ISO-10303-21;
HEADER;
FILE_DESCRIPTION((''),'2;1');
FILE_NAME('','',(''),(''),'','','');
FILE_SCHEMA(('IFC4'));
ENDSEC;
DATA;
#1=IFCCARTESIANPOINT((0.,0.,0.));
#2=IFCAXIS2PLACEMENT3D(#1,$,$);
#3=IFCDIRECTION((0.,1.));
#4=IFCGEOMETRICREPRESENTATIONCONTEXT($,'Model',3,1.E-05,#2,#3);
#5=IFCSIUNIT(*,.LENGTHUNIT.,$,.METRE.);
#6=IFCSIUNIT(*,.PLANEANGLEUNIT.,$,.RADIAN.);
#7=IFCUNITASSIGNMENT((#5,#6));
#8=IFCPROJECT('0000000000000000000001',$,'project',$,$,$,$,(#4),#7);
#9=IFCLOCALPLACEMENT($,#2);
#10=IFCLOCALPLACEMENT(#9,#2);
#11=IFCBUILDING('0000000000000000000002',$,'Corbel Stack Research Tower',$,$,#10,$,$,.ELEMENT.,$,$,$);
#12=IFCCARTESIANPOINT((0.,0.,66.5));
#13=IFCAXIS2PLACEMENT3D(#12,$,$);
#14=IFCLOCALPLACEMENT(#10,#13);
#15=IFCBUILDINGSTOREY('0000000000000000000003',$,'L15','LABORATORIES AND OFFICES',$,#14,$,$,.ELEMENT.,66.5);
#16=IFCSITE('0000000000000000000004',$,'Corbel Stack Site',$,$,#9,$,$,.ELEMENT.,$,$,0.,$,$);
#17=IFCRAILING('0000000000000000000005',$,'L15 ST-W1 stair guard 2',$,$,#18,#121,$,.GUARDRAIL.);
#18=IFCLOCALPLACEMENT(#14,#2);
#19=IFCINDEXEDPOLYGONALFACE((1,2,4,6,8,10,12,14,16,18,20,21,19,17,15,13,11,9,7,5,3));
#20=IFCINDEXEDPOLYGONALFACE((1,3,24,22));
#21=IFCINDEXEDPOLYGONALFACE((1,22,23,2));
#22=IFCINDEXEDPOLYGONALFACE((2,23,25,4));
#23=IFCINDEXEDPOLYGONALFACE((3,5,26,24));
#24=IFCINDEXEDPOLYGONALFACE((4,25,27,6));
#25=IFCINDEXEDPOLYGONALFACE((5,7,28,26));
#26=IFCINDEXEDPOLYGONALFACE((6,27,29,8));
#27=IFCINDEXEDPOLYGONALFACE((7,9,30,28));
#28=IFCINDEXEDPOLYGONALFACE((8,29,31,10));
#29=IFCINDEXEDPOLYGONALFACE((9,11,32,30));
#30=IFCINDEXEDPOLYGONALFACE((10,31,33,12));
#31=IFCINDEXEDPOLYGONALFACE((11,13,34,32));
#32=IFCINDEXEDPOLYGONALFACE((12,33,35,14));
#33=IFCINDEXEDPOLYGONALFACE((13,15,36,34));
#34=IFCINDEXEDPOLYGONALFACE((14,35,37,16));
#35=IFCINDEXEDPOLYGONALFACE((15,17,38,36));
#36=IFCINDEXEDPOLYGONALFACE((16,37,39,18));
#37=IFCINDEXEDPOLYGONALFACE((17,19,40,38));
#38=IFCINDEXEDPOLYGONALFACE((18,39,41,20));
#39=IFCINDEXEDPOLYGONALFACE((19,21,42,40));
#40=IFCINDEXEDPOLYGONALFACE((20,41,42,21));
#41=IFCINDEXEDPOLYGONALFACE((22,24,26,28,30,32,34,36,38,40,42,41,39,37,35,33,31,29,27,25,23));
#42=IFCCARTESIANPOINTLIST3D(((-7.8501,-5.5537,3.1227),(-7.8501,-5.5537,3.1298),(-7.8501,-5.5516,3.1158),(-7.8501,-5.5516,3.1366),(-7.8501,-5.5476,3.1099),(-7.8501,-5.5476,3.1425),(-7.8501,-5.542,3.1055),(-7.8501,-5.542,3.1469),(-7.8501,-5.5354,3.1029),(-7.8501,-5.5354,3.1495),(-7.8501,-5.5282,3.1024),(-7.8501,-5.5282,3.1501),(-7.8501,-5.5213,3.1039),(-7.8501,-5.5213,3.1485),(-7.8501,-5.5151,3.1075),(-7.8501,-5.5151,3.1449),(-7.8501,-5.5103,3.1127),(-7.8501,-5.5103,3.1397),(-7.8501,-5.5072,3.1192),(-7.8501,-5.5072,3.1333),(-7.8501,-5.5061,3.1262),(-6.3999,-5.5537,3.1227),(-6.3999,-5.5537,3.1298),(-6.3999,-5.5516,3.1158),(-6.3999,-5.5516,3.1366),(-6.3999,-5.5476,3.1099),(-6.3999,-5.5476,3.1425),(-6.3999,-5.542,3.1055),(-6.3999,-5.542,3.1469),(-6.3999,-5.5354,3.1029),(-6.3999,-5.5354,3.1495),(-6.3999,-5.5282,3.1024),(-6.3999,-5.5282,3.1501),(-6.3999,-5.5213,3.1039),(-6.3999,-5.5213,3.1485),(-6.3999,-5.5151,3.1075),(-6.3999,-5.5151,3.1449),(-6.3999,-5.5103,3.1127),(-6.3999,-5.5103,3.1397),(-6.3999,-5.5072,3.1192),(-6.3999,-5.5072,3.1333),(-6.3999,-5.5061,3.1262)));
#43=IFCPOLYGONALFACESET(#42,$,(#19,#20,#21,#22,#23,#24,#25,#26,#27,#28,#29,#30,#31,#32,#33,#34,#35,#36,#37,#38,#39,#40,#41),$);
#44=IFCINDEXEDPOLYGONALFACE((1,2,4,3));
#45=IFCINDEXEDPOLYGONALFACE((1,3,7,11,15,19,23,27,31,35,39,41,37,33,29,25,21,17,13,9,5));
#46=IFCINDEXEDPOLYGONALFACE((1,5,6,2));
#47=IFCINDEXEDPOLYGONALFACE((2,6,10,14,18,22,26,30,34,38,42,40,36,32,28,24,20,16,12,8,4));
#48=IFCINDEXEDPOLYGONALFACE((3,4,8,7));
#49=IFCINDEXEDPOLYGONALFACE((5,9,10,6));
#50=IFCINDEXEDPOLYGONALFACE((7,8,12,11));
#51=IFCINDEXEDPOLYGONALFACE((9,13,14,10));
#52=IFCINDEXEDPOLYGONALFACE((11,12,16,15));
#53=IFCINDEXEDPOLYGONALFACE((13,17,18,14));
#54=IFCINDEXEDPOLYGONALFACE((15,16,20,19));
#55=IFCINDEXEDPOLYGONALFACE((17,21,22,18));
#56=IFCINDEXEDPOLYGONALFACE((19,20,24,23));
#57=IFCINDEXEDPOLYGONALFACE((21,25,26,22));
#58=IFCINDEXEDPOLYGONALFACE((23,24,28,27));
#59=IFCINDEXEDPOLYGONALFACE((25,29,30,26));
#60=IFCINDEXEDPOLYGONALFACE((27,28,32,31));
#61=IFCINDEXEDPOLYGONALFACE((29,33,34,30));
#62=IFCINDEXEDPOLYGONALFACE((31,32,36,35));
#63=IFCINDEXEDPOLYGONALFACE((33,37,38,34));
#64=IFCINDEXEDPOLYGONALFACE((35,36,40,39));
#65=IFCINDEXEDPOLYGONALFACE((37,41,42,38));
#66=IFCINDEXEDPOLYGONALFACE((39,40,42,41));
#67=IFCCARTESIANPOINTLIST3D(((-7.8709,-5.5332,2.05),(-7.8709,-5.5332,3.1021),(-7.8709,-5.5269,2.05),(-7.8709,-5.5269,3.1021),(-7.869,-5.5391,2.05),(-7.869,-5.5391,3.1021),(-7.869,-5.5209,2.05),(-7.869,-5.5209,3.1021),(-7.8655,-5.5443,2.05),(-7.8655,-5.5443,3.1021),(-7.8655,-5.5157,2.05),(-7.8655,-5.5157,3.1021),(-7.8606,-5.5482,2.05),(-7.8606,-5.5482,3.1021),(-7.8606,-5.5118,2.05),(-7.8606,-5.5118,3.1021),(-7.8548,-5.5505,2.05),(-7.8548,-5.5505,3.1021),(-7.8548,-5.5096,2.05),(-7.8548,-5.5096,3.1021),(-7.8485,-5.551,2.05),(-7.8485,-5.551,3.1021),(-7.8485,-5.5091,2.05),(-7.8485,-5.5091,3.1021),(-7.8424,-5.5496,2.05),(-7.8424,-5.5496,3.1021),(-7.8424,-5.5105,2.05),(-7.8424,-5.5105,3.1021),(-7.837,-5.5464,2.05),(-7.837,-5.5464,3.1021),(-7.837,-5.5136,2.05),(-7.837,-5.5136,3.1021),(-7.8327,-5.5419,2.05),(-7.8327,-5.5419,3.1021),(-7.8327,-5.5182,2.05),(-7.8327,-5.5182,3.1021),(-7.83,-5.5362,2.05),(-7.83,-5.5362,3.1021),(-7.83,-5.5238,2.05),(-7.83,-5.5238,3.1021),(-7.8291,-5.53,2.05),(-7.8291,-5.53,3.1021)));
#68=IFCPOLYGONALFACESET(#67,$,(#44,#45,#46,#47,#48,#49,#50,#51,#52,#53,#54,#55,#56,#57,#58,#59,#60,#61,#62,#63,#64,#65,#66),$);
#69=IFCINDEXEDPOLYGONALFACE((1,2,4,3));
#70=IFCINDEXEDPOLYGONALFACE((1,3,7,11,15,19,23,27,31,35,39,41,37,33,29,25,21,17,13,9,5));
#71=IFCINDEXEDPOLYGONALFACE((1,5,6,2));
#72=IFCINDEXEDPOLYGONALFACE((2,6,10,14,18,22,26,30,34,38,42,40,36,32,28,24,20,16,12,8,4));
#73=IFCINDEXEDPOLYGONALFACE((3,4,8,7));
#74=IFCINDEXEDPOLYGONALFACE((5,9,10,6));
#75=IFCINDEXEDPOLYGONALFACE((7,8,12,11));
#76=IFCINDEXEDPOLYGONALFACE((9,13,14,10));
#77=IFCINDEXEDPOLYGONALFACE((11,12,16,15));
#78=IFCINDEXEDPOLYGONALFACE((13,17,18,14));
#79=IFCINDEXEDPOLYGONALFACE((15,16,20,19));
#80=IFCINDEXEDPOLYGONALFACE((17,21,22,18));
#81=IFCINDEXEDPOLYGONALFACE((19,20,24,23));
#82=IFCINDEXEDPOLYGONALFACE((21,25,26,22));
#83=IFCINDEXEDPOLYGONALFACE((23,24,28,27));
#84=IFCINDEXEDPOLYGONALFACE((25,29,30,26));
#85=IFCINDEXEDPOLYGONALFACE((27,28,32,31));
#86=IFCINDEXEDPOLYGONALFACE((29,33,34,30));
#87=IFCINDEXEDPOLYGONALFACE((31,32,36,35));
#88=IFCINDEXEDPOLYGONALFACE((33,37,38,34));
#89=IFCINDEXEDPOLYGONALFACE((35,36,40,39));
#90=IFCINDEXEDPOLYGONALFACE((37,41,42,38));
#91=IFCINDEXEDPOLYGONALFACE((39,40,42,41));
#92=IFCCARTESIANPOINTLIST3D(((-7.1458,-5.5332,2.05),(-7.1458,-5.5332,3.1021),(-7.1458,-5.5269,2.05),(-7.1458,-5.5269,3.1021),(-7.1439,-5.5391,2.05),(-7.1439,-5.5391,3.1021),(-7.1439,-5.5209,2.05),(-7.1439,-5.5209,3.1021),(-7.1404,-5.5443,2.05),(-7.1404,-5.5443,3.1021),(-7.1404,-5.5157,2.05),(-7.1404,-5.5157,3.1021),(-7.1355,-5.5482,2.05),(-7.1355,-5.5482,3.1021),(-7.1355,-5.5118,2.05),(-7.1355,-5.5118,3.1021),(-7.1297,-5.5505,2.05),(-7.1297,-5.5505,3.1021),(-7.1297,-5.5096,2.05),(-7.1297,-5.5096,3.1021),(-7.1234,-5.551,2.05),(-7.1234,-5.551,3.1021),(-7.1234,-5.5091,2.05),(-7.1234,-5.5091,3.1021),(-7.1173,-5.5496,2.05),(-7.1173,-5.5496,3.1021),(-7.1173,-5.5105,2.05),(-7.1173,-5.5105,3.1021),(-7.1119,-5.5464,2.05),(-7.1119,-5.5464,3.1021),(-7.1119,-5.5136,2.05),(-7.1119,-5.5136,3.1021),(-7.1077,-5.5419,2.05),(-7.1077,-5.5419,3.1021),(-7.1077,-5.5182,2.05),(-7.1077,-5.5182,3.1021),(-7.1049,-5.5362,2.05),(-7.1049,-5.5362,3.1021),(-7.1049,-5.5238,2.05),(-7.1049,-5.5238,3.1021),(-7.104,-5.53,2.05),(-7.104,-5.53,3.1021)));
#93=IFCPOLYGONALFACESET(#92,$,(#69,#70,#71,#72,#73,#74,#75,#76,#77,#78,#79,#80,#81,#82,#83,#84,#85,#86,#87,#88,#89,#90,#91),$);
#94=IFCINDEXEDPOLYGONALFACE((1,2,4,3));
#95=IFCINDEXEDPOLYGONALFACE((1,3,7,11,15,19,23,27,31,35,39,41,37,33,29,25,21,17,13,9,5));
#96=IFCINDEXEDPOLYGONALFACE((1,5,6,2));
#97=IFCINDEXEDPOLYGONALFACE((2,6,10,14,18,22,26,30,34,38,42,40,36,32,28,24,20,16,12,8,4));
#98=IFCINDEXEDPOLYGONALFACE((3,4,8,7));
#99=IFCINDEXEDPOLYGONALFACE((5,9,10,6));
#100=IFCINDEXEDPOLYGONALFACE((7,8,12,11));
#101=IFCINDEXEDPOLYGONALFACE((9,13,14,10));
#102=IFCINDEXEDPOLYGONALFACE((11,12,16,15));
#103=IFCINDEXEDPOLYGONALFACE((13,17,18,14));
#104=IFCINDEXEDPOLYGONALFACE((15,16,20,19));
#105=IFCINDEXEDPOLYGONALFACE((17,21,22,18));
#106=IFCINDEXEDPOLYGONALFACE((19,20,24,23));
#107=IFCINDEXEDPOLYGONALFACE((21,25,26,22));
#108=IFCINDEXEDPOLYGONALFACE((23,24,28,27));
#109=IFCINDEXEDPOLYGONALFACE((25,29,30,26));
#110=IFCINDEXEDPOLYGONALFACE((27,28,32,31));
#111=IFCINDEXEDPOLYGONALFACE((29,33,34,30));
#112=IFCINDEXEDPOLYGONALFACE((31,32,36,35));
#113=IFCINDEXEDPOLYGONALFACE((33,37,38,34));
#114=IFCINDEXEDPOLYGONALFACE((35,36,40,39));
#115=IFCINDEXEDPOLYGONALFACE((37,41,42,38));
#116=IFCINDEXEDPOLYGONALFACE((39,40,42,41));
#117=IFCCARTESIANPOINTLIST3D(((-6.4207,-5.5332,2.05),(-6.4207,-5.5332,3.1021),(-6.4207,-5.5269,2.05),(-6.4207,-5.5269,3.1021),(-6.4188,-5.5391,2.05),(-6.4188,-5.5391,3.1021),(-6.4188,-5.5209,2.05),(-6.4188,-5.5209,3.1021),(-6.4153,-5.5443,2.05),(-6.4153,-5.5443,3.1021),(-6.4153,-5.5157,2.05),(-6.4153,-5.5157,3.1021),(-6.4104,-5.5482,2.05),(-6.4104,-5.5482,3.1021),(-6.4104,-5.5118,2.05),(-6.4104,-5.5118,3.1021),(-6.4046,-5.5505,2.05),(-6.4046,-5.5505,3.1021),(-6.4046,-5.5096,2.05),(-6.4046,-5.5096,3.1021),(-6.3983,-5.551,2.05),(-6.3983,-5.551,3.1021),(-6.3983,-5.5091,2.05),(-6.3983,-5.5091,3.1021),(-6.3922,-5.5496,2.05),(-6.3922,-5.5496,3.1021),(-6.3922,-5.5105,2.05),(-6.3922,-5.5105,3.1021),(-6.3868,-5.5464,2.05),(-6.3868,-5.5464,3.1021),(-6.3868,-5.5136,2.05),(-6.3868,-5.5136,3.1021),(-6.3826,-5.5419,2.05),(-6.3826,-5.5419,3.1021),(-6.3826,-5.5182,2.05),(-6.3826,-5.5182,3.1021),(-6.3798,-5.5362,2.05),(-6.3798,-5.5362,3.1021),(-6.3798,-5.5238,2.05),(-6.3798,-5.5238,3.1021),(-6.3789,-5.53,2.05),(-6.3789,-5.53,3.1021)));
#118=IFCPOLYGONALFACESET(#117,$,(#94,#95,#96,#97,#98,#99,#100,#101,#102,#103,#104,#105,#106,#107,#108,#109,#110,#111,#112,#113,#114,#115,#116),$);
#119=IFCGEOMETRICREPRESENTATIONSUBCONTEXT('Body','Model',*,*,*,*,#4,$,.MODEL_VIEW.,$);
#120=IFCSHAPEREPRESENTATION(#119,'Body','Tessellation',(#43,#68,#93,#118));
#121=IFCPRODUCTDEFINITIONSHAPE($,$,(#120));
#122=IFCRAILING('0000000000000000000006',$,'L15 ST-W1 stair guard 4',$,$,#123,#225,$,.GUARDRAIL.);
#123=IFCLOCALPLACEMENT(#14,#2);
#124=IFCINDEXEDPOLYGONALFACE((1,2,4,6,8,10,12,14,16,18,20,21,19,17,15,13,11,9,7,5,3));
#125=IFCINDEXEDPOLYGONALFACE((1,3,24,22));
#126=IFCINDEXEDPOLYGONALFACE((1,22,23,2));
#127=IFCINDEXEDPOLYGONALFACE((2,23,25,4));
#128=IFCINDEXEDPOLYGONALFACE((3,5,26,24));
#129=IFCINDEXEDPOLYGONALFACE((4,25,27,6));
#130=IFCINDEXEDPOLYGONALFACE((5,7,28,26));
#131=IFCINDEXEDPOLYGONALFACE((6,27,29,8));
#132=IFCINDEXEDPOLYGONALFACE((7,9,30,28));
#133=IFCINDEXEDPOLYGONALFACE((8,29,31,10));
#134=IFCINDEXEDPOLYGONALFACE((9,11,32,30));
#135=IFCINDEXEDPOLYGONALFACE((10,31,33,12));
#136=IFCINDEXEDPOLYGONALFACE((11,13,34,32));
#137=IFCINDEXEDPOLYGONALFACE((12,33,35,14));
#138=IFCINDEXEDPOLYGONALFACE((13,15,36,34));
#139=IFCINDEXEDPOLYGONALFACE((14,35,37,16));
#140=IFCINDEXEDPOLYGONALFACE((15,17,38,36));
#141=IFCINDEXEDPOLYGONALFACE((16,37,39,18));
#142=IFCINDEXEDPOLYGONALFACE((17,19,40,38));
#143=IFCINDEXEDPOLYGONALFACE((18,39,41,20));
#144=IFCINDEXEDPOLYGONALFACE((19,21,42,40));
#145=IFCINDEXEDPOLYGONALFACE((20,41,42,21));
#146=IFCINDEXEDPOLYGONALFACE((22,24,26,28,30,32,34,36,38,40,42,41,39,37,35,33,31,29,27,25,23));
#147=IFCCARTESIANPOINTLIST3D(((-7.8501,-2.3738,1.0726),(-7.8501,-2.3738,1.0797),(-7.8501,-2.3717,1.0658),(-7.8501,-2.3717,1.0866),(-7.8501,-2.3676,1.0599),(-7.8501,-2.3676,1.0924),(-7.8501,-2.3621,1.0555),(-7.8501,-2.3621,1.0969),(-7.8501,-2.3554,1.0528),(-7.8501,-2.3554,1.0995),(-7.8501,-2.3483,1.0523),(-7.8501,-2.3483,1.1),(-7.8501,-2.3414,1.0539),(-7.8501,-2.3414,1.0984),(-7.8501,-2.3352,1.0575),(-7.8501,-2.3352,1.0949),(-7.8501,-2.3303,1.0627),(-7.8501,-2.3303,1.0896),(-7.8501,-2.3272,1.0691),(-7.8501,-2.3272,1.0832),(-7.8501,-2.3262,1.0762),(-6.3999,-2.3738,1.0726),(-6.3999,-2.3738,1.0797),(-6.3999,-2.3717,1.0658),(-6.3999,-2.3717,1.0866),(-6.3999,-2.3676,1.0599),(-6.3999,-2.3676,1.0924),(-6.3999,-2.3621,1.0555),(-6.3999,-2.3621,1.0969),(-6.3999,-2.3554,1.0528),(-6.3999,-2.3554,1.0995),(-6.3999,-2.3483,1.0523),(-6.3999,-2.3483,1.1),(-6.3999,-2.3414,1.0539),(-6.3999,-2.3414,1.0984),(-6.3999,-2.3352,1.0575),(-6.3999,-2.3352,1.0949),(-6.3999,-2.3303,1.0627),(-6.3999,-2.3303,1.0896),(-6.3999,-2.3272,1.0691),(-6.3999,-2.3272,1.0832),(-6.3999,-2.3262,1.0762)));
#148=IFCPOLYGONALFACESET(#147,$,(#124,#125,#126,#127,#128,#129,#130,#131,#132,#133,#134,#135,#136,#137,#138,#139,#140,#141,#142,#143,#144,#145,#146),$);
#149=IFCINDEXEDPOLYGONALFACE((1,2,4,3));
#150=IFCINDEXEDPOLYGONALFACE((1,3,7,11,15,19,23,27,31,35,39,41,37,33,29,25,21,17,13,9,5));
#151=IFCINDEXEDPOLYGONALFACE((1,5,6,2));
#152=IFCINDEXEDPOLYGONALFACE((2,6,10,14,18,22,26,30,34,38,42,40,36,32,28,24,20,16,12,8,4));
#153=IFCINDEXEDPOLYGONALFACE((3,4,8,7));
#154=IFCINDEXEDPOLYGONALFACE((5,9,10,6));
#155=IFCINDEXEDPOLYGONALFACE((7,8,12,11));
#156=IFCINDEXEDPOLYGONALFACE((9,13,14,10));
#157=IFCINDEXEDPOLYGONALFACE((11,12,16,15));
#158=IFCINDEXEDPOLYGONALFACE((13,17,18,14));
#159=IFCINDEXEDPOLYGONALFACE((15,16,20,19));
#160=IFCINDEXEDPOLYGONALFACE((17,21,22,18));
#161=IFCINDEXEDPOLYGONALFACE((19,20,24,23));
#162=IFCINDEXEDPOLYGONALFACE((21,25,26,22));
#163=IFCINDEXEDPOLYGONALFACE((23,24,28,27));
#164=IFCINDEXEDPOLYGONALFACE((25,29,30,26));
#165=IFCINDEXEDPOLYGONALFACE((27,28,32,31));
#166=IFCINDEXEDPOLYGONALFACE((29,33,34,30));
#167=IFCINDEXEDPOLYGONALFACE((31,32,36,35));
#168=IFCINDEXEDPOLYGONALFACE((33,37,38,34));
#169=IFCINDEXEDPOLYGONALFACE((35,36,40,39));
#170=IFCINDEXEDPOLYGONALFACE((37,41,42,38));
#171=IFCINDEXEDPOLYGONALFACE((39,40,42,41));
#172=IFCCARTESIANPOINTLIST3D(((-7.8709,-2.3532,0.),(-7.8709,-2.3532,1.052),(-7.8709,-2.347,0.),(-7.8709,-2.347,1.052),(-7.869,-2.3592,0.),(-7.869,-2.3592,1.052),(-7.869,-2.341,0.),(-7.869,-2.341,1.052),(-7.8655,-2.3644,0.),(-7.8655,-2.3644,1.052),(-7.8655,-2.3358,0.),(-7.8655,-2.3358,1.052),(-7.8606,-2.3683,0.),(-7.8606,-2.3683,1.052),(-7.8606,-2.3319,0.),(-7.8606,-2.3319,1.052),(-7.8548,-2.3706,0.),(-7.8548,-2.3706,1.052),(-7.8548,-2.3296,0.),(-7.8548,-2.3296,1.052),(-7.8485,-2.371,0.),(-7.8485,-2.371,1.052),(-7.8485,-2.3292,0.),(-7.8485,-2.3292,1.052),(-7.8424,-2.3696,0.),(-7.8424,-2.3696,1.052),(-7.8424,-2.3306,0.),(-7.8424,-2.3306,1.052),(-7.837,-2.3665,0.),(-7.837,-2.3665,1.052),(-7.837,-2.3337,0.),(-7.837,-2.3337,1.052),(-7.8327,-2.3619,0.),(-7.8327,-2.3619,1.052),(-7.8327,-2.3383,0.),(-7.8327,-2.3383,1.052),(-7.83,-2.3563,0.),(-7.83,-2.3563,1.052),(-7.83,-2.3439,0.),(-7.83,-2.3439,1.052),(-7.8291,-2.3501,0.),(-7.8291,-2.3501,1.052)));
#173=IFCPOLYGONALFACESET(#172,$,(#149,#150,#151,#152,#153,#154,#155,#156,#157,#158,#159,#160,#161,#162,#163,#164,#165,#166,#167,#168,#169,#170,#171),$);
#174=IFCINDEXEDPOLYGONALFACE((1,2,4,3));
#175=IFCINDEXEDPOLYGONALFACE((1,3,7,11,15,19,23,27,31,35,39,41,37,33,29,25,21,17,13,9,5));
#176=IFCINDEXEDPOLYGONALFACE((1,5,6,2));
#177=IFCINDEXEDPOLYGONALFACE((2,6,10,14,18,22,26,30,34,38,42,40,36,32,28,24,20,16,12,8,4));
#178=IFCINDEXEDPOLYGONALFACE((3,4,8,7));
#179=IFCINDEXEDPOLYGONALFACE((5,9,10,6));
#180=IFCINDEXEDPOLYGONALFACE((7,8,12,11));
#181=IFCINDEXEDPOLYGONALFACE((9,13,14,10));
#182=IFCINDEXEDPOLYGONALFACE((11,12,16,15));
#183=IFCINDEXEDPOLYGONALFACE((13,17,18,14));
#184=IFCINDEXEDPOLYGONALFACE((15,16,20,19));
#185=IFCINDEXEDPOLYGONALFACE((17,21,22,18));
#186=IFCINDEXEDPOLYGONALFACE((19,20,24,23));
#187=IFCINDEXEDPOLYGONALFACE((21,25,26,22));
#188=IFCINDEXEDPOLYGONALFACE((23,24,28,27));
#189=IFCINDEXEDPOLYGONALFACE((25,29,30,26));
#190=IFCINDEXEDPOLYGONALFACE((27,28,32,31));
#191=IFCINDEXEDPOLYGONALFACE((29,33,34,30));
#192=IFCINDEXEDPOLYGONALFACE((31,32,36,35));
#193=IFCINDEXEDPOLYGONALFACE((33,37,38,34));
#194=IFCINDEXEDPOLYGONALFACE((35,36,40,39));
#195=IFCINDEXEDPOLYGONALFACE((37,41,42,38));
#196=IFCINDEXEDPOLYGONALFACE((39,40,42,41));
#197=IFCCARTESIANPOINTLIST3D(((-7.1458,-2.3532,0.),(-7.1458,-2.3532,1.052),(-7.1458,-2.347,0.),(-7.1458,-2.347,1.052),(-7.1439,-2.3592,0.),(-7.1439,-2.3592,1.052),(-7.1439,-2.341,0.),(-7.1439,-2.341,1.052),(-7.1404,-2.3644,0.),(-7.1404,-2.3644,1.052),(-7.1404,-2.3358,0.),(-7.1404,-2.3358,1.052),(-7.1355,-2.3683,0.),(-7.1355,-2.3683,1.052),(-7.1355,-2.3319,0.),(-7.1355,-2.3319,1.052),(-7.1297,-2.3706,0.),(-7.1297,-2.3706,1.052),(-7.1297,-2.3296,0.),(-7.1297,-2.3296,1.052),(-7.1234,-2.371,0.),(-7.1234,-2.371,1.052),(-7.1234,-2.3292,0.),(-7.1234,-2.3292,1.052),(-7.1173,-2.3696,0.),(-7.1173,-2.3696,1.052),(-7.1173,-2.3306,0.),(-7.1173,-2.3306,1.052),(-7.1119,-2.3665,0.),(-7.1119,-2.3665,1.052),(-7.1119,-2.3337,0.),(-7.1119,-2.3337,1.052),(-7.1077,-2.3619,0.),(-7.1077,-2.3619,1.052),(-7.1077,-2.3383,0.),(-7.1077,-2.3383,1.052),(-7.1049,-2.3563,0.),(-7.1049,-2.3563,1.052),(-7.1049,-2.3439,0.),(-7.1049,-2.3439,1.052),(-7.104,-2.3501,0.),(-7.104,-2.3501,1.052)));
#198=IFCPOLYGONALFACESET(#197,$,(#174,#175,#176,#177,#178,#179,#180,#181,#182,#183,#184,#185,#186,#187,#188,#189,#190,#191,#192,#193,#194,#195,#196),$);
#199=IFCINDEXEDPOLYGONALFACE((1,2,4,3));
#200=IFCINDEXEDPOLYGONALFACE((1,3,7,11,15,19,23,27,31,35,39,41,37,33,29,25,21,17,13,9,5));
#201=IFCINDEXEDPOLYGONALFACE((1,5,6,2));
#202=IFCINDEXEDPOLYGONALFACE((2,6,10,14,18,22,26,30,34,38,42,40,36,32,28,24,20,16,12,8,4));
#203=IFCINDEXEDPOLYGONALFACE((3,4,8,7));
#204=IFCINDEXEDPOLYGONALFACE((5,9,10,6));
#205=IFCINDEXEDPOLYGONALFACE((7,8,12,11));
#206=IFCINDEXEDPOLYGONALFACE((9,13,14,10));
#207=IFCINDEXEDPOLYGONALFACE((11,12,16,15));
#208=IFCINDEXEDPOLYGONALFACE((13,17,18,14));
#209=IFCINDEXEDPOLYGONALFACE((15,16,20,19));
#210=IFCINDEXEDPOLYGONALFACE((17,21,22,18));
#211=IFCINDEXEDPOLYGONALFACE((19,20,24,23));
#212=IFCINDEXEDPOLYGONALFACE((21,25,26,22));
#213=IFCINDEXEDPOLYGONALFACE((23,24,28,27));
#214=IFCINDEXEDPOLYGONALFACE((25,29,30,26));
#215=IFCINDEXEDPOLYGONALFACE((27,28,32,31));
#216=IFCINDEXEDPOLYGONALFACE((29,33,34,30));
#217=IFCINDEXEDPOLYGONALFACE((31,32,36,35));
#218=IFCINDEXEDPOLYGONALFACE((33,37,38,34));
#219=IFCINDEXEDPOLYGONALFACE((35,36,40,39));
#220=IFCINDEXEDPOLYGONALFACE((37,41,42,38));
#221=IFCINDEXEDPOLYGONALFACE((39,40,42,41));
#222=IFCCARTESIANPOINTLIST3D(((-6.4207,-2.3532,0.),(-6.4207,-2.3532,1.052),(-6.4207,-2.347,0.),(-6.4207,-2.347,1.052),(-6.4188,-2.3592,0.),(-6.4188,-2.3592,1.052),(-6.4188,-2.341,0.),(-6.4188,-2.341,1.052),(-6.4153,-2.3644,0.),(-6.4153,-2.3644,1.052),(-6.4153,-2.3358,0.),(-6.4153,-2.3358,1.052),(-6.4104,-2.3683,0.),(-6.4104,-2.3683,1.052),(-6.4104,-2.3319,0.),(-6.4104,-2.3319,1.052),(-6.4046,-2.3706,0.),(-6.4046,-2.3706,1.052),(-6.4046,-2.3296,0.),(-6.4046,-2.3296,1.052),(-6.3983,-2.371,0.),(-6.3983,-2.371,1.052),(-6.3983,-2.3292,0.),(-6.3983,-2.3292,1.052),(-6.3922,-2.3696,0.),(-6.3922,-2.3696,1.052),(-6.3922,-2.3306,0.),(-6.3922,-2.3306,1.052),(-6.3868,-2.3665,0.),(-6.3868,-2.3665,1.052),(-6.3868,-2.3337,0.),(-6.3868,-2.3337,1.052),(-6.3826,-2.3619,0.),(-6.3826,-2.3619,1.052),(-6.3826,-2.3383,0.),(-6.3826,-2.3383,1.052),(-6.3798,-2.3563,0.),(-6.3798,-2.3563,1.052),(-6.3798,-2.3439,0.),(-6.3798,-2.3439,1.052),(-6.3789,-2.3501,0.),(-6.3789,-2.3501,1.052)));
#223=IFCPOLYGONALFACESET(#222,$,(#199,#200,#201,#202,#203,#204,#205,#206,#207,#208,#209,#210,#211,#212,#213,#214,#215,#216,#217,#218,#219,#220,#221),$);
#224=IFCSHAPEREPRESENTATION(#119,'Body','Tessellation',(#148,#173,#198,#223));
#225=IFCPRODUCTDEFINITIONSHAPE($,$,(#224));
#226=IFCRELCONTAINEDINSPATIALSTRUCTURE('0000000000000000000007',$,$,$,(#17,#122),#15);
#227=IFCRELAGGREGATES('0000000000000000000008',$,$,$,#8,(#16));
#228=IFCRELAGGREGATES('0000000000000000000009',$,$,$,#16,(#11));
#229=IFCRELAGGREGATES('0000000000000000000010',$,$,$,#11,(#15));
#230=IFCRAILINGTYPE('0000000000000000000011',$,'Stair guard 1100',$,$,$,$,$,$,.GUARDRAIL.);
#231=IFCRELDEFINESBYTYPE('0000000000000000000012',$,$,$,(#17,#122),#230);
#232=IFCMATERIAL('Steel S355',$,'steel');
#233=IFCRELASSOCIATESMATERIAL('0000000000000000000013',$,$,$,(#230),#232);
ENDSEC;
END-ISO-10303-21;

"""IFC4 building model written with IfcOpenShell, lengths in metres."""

from ifc_helpers import new_model, si_unit, direction, frame, origin, origin_2d, place, context, subcontext, project, spatial, circle, extrude, material, type_object, element, save


model = new_model("IFC4")

# Units and contexts
model_context = context("Model", 3, precision=1e-05, world=origin(), true_north=direction((0.0, 1.0)))
body_context = subcontext(model_context, "Body", "Model", "MODEL_VIEW")
ifc_project = project(units=[si_unit("LENGTHUNIT", "METRE"), si_unit("PLANEANGLEUNIT", "RADIAN")], contexts=[model_context])

# Site, building, storey
site_placement = place(None, origin())
site = spatial("IfcSite", under=ifc_project, at=site_placement, Name="Corbel Stack Site", CompositionType="ELEMENT", RefElevation=0.0)
building_placement = place(site_placement, origin())
building = spatial("IfcBuilding", under=site, at=building_placement, Name="Corbel Stack Research Tower", CompositionType="ELEMENT")
storey_placement = place(building_placement, frame((0.0, 0.0, 66.5)))
storey = spatial("IfcBuildingStorey", under=building, at=storey_placement, Name="L15", Description="LABORATORIES AND OFFICES", CompositionType="ELEMENT", Elevation=66.5)

# Railings
ifc_material_1 = material(Name="Steel S355", Category="steel")
railing_type_1 = type_object("IfcRailingType", Name="Stair guard 1100", PredefinedType="GUARDRAIL", material=ifc_material_1)
for number, where, name in (
    (1, (-7.8501, -5.53, 2.05), "L15 ST-W1 stair guard 2"),
    (2, (-7.8501, -2.3501, 0.0), "L15 ST-W1 stair guard 4"),
):
    element("IfcRailing", number, at=place(storey_placement, frame(where)), inside=storey, type_object=railing_type_1, Name=name, PredefinedType="GUARDRAIL", context=body_context, shape_type="SweptSolid", body=[
        extrude(circle(Radius=0.0239, at=origin_2d()), frame((0.0, 0.0, 1.0762), z_axis=(1.0, 0.0, 0.0), x_axis=(0.0, 1.0, 0.0)), (0.0, 0.0, 1.0), 1.4502),
        extrude(circle(Radius=0.021, at=origin_2d()), origin(), (0.0, 0.0, 1.0), 1.052),
        extrude(circle(Radius=0.021, at=origin_2d()), frame((0.7251, 0.0, 0.0)), (0.0, 0.0, 1.0), 1.052),
        extrude(circle(Radius=0.021, at=origin_2d()), frame((1.4502, 0.0, 0.0)), (0.0, 0.0, 1.0), 1.052),
    ])

save(model, "model.ifc")
